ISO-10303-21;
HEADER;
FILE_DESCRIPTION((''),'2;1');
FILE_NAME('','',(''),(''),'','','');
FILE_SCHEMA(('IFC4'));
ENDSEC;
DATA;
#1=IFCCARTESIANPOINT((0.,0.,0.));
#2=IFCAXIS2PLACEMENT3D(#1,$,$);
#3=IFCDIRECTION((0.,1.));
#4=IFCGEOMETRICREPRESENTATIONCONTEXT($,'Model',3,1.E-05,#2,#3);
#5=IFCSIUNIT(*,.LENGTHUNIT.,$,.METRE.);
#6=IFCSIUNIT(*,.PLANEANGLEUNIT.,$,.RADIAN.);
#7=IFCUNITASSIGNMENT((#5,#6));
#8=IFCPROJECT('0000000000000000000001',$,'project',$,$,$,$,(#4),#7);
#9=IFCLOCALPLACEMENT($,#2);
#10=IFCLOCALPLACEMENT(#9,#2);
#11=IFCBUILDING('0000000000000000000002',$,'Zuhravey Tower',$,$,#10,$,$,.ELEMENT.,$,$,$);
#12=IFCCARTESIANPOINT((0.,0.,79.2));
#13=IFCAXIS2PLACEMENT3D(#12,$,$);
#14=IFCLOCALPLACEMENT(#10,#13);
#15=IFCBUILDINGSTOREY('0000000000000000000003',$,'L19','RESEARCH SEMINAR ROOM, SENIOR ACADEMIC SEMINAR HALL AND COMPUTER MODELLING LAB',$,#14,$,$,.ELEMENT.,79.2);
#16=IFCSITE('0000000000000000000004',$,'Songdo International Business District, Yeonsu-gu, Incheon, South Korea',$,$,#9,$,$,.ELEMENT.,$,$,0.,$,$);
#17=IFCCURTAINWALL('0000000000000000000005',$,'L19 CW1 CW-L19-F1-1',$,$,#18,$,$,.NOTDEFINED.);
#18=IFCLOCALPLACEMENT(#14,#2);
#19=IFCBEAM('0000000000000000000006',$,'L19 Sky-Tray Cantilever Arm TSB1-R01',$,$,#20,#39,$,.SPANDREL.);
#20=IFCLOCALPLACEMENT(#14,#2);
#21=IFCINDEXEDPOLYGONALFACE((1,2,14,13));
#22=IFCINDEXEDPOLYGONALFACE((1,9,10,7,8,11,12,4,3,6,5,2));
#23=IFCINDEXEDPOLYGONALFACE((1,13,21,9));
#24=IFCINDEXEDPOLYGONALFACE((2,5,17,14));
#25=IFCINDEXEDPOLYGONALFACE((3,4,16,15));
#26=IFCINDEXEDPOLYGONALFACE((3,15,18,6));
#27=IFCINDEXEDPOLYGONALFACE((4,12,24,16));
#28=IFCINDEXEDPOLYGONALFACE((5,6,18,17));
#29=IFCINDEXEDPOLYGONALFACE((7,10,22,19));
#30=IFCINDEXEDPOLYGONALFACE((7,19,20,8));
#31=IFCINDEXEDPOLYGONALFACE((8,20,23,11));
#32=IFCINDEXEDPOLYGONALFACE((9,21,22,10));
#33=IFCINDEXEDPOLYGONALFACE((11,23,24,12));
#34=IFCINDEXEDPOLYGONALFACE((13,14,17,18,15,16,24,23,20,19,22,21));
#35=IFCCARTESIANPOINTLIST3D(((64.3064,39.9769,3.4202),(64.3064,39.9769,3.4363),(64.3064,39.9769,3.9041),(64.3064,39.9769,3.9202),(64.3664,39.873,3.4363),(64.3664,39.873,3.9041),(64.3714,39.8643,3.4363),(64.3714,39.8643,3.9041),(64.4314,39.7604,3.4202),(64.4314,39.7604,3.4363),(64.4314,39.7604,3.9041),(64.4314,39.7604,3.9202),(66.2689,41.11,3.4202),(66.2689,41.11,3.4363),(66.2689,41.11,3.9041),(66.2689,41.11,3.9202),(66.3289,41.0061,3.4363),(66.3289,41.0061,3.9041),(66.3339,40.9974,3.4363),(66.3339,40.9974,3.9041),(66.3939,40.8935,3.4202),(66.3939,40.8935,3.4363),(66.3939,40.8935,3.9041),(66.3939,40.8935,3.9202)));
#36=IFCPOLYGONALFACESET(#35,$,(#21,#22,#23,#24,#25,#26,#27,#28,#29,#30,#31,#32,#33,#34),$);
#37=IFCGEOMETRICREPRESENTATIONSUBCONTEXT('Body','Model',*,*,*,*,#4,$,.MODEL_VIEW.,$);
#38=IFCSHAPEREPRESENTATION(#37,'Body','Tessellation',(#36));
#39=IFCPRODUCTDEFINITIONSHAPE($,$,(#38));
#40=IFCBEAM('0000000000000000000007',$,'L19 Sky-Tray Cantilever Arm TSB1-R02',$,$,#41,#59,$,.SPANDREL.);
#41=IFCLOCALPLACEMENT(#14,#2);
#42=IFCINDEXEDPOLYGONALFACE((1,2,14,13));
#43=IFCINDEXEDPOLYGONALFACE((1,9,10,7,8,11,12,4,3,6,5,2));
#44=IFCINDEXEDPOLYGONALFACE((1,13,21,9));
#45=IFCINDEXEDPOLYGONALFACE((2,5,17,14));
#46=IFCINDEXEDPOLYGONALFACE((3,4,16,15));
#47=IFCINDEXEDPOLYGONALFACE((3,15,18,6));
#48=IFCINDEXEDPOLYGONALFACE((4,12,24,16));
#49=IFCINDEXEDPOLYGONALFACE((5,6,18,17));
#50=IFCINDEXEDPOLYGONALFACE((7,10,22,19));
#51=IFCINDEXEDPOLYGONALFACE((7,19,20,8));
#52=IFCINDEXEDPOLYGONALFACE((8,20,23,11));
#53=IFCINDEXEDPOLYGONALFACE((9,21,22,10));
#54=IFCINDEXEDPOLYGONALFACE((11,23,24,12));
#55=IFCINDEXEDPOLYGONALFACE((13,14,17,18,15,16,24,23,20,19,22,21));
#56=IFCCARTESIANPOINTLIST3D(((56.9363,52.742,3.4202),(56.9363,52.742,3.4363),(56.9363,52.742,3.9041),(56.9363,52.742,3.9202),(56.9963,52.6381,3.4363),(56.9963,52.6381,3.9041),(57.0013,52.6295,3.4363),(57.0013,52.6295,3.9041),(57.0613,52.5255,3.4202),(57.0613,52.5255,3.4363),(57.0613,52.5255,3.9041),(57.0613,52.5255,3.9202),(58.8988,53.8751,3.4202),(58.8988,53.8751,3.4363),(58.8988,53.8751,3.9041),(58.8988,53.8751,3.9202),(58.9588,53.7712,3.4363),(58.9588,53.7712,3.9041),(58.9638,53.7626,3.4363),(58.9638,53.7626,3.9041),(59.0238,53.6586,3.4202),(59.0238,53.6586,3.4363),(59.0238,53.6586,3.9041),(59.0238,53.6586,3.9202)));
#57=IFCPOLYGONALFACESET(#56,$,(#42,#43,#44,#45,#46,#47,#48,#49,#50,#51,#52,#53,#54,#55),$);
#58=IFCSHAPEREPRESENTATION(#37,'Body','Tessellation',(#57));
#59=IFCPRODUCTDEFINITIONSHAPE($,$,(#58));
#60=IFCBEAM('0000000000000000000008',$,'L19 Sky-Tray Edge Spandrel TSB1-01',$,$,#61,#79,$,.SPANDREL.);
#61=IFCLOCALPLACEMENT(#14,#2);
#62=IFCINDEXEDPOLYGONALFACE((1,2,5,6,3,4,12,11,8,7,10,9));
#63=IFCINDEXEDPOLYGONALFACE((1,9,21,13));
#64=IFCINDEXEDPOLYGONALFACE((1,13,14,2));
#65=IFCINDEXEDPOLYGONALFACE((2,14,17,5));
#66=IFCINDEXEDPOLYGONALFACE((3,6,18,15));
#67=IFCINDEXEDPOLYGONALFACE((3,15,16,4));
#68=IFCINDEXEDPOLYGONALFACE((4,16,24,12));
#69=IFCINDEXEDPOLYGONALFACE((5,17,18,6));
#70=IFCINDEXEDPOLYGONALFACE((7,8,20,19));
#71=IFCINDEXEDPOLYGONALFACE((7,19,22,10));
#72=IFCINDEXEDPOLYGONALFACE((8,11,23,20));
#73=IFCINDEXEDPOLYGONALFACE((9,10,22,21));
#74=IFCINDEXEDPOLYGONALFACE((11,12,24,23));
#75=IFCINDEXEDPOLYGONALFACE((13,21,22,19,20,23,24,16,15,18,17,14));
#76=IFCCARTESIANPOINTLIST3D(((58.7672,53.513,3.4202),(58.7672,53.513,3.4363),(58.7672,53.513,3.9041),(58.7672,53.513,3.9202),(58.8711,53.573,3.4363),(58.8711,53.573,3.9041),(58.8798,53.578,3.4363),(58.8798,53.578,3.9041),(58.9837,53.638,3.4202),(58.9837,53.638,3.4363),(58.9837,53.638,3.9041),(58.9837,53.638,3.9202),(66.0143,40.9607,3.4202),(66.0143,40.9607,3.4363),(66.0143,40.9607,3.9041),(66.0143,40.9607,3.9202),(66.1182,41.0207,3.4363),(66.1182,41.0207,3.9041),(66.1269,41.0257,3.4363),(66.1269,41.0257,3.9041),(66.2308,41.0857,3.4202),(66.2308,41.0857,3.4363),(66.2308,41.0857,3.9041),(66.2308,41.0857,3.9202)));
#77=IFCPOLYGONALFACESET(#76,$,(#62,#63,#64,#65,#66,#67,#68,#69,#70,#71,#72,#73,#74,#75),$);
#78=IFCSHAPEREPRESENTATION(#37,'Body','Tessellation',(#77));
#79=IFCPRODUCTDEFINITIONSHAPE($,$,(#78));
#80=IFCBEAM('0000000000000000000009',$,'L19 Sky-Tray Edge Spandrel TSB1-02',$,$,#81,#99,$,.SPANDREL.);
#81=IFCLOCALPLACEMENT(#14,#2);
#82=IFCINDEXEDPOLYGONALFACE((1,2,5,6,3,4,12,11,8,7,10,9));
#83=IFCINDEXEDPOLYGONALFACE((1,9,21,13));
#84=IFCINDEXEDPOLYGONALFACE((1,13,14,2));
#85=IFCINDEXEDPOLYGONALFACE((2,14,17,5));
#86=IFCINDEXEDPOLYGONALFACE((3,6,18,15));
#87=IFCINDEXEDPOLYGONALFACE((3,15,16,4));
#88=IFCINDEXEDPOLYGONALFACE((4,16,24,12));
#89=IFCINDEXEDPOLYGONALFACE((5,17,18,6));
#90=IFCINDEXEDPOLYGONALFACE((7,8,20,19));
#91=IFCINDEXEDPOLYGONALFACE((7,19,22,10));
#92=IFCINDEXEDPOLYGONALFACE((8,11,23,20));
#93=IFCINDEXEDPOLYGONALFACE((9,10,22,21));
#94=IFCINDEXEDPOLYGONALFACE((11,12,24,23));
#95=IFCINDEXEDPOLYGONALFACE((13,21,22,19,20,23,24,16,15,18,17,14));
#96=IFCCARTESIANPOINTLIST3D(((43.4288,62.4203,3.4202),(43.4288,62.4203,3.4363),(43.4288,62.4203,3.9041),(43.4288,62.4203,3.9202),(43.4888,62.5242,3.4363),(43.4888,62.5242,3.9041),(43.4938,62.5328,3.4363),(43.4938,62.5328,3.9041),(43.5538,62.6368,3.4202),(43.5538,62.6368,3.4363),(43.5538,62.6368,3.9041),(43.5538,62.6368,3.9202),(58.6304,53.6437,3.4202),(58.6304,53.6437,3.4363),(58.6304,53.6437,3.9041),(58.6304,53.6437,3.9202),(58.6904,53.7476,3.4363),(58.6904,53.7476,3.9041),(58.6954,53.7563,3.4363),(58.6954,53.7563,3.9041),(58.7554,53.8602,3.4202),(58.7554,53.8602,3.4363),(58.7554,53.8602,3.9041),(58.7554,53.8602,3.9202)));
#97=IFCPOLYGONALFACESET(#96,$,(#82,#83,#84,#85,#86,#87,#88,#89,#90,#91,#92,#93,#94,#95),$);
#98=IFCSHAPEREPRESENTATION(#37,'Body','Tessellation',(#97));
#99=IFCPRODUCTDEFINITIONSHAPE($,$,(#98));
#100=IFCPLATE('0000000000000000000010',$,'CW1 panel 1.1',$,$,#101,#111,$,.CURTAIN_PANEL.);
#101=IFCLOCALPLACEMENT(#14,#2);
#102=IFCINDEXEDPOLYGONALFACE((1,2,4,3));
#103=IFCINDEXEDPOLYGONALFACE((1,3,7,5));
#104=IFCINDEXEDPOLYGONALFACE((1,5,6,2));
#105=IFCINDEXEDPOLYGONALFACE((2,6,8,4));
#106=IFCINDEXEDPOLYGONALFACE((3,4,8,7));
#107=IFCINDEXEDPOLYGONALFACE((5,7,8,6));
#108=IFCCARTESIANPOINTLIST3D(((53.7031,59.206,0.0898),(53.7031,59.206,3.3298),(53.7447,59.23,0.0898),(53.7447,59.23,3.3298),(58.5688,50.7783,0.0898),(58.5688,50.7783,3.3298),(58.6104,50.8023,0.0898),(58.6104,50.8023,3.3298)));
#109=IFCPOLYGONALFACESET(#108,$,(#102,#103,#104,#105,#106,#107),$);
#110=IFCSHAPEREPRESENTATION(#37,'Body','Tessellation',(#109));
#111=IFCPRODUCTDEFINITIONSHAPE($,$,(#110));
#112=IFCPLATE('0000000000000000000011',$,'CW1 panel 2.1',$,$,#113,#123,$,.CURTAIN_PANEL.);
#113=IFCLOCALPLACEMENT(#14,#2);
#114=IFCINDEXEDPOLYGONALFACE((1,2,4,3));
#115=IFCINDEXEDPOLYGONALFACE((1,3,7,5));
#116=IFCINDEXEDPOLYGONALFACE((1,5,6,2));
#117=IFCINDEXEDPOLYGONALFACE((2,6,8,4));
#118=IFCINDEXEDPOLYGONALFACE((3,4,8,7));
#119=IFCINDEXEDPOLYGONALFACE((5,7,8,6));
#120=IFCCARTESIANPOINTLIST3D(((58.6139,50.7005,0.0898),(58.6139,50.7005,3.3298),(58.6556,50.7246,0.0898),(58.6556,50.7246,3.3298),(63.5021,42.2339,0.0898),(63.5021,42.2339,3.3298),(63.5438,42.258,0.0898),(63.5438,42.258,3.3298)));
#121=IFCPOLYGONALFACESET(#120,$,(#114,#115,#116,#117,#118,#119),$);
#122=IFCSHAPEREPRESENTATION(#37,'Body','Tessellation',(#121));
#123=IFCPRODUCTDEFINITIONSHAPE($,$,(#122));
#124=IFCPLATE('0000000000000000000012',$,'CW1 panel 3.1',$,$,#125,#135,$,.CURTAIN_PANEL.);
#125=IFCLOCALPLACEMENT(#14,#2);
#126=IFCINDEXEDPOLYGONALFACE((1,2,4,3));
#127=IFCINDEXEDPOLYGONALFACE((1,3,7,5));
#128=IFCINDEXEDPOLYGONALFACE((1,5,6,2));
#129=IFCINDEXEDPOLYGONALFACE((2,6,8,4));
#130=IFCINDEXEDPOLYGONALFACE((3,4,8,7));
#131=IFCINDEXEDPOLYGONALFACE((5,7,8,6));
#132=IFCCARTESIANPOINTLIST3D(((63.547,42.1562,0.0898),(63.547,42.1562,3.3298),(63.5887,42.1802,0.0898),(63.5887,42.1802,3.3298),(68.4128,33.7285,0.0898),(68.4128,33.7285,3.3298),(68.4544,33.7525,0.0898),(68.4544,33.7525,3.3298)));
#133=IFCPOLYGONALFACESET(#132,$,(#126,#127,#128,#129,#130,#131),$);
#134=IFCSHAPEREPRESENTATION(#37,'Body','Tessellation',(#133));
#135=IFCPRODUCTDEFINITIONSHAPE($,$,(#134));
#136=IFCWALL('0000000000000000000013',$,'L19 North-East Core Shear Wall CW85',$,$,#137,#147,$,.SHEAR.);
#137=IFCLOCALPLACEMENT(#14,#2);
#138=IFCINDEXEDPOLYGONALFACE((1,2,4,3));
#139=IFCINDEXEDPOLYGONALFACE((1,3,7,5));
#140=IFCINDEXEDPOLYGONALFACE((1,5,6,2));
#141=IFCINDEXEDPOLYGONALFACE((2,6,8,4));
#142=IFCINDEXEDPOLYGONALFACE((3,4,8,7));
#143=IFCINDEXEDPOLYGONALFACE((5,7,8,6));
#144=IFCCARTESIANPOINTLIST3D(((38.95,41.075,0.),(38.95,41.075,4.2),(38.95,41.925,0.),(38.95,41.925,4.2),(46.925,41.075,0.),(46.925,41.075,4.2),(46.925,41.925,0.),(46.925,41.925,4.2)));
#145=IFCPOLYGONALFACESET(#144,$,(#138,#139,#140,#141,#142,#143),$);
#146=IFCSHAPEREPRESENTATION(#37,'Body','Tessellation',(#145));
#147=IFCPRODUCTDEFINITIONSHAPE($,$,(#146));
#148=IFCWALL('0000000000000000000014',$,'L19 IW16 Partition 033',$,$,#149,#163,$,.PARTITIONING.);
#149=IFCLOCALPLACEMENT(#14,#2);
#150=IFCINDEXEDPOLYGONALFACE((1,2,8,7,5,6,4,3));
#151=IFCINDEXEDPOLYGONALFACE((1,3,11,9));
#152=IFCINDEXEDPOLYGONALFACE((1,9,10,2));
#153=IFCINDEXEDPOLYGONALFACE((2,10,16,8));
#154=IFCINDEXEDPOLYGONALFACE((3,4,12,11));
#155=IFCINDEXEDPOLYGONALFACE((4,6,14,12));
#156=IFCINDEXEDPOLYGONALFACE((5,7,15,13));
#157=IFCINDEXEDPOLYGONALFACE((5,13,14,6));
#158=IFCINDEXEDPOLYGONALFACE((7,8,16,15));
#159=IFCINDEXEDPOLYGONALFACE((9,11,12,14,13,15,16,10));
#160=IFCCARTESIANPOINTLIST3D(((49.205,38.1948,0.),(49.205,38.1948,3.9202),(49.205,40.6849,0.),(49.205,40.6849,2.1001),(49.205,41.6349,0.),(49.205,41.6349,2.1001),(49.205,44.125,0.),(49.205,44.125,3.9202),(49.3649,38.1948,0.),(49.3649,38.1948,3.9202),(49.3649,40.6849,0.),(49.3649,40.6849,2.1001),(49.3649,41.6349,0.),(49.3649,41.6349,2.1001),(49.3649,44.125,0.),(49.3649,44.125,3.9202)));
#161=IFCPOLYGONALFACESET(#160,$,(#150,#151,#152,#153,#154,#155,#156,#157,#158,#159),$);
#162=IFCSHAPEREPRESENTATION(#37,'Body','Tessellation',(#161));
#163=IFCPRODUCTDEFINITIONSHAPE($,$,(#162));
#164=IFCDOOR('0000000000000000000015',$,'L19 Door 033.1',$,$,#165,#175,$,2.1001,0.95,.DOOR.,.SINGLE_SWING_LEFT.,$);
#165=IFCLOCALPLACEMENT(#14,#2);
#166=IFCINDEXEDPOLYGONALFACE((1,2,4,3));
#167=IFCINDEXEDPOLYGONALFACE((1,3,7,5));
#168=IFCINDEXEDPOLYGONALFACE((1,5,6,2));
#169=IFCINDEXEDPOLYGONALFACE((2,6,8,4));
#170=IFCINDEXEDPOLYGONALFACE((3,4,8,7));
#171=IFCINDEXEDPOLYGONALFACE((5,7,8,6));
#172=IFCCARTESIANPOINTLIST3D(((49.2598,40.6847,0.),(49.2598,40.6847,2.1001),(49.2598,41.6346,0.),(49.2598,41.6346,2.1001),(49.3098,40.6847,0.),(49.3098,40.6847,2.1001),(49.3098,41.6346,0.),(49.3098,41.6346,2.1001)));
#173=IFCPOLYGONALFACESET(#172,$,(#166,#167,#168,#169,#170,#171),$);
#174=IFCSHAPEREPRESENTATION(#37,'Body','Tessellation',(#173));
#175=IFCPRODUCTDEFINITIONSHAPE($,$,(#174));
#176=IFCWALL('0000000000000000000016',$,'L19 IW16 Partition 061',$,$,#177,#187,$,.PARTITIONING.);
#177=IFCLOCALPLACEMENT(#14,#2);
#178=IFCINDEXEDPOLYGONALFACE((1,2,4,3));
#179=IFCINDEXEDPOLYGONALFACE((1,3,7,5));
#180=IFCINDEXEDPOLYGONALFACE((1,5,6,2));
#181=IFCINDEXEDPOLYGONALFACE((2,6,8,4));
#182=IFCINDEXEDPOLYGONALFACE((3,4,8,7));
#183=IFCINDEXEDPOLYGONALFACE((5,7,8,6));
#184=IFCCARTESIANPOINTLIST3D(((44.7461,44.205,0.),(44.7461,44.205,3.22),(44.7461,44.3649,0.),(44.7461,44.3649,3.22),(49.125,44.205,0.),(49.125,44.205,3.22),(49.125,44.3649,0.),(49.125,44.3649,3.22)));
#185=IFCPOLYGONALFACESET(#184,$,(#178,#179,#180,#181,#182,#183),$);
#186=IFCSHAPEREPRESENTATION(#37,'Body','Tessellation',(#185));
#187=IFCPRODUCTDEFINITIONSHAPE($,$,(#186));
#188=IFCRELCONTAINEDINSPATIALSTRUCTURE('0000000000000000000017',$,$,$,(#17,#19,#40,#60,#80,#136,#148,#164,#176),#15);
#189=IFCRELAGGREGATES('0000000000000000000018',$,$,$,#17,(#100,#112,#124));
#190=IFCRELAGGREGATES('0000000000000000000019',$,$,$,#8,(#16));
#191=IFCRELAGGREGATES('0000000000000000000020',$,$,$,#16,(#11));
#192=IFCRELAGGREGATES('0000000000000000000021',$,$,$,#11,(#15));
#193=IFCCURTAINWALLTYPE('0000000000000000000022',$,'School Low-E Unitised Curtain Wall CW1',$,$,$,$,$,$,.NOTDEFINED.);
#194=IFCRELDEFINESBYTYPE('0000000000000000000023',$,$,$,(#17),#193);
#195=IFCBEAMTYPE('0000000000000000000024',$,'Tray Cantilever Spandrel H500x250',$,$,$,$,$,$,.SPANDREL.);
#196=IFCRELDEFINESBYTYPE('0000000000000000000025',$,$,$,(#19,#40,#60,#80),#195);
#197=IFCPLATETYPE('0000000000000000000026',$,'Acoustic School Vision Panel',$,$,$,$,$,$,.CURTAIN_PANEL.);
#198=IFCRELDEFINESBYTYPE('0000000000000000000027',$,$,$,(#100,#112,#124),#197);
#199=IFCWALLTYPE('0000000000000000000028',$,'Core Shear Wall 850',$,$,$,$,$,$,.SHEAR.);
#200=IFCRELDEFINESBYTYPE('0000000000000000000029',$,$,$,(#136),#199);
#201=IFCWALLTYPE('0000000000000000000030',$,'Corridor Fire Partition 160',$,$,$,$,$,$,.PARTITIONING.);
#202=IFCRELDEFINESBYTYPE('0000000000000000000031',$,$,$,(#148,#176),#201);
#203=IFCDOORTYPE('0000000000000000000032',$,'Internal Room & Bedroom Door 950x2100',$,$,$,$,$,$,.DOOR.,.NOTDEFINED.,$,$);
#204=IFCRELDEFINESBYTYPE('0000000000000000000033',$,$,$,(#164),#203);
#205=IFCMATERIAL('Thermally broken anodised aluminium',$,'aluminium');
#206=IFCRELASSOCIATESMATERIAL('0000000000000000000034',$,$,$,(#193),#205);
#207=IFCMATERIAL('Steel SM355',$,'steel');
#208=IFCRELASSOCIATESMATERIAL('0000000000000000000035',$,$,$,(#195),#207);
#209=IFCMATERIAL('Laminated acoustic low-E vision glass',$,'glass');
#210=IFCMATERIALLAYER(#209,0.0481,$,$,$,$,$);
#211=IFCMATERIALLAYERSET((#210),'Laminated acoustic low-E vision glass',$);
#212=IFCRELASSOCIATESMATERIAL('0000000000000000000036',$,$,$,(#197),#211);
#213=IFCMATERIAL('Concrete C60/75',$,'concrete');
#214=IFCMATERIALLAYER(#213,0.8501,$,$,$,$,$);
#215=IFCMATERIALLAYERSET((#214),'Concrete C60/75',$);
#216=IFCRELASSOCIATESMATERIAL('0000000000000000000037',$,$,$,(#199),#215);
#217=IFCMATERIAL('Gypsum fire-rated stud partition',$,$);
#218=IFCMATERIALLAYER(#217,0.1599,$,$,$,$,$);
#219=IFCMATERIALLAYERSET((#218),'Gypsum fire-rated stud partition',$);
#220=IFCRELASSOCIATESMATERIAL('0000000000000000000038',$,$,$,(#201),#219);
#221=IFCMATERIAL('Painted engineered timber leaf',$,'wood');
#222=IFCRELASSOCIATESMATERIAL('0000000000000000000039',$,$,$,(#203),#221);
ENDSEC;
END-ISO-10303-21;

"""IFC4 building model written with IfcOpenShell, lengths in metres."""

from ifc_helpers import new_model, si_unit, direction, frame, frame_2d, origin, origin_2d, place, context, subcontext, project, spatial, rectangle, i_section, extrude, material, layer, layer_set, material_profile, profile_set, type_object, element, fill, aggregate, save


model = new_model("IFC4")

# Units and contexts
model_context = context("Model", 3, precision=1e-05, world=origin(), true_north=direction((0.0, 1.0)))
body_context = subcontext(model_context, "Body", "Model", "MODEL_VIEW")
ifc_project = project(units=[si_unit("LENGTHUNIT", "METRE"), si_unit("PLANEANGLEUNIT", "RADIAN")], contexts=[model_context])

# Site, building, storey
site_placement = place(None, origin())
site = spatial("IfcSite", under=ifc_project, at=site_placement, Name="Songdo International Business District, Yeonsu-gu, Incheon, South Korea", CompositionType="ELEMENT", RefElevation=0.0)
building_placement = place(site_placement, origin())
building = spatial("IfcBuilding", under=site, at=building_placement, Name="Zuhravey Tower", CompositionType="ELEMENT")
storey_placement = place(building_placement, frame((0.0, 0.0, 79.2)))
storey = spatial("IfcBuildingStorey", under=building, at=storey_placement, Name="L19", Description="RESEARCH SEMINAR ROOM, SENIOR ACADEMIC SEMINAR HALL AND COMPUTER MODELLING LAB", CompositionType="ELEMENT", Elevation=79.2)

# Shared definitions
ifc_material_1 = material(Name="Concrete C60/75", Category="concrete")

# Shared definitions
ifc_material_2 = material(Name="Thermally broken anodised aluminium", Category="aluminium")
curtain_wall_type = type_object("IfcCurtainWallType", Name="School Low-E Unitised Curtain Wall CW1", PredefinedType="NOTDEFINED", material=ifc_material_2)

# Curtain wall
curtain_wall_1_placement = place(storey_placement, origin())
curtain_wall_1 = element("IfcCurtainWall", 1, at=curtain_wall_1_placement, inside=storey, type_object=curtain_wall_type, Name="L19 CW1 CW-L19-F1-1", PredefinedType="NOTDEFINED")

# Beams
ifc_material_3 = material(Name="Steel SM355", Category="steel")
ifc_material_profile_1 = material_profile(ifc_material_3, i_section(OverallWidth=0.25, OverallDepth=0.5, WebThickness=0.01, FlangeThickness=0.0161, at=origin_2d()), Name="H-500x250x10x16")
ifc_profile_set_1 = profile_set([ifc_material_profile_1], Name="Steel SM355")
beam_type_1 = type_object("IfcBeamType", Name="Tray Cantilever Spandrel H500x250", PredefinedType="SPANDREL", material=ifc_profile_set_1)
for number, where, z_axis, x_axis, name in (
    (2, (64.3689, 39.8687, 3.6702), (0.866013, 0.500021, 0.0), (-0.500021, 0.866013, 0.0), "L19 Sky-Tray Cantilever Arm TSB1-R01"),
    (3, (56.9988, 52.6338, 3.6702), (0.866013, 0.500021, 0.0), (-0.500021, 0.866013, 0.0), "L19 Sky-Tray Cantilever Arm TSB1-R02"),
):
    element("IfcBeam", number, at=place(storey_placement, frame(where, z_axis=z_axis, x_axis=x_axis)), inside=storey, type_object=beam_type_1, Name=name, PredefinedType="SPANDREL", context=body_context, shape_type="SweptSolid", body=[
        extrude(i_section(OverallWidth=0.25, OverallDepth=0.5, WebThickness=0.01, FlangeThickness=0.0161, at=origin_2d()), origin(), (0.0, 0.0, 1.0), 2.2661),
    ])
beam_1_placement = place(storey_placement, frame((66.1226, 41.0232, 3.6702), z_axis=(-0.500001, 0.866025, 0.0), x_axis=(-0.866025, -0.500001, 0.0)))
element("IfcBeam", 4, at=beam_1_placement, inside=storey, type_object=beam_type_1, Name="L19 Sky-Tray Edge Spandrel TSB1-01", PredefinedType="SPANDREL", context=body_context, shape_type="SweptSolid", body=[
    extrude(i_section(OverallWidth=0.25, OverallDepth=0.5, WebThickness=0.01, FlangeThickness=0.0161, at=origin_2d()), origin(), (0.0, 0.0, 1.0), 14.4941),
])
beam_2_placement = place(storey_placement, frame((58.6929, 53.752, 3.6702), z_axis=(-0.866027, 0.499997, 0.0), x_axis=(-0.499997, -0.866027, 0.0)))
element("IfcBeam", 5, at=beam_2_placement, inside=storey, type_object=beam_type_1, Name="L19 Sky-Tray Edge Spandrel TSB1-02", PredefinedType="SPANDREL", context=body_context, shape_type="SweptSolid", body=[
    extrude(i_section(OverallWidth=0.25, OverallDepth=0.5, WebThickness=0.01, FlangeThickness=0.0161, at=origin_2d()), origin(), (0.0, 0.0, 1.0), 17.5532),
])

# Plates
ifc_material_4 = material(Name="Laminated acoustic low-E vision glass", Category="glass")
ifc_layer_1 = layer(ifc_material_4, 0.0481)
ifc_layer_set_1 = layer_set([ifc_layer_1], Name="Laminated acoustic low-E vision glass")
plate_type = type_object("IfcPlateType", Name="Acoustic School Vision Panel", PredefinedType="CURTAIN_PANEL", material=ifc_layer_set_1)
plate_1_placement = place(storey_placement, frame((56.1567, 55.0042, 0.0898), z_axis=(0.0, 0.0, 1.0), x_axis=(0.5, -0.866026, 0.0)))
plate_1 = element("IfcPlate", 6, at=plate_1_placement, type_object=plate_type, Name="CW1 panel 1.1", PredefinedType="CURTAIN_PANEL", context=body_context, shape_type="SweptSolid", body=[
    extrude(rectangle(XDim=9.7314, YDim=0.0481, at=origin_2d()), origin(), (0.0, 0.0, 1.0), 3.24),
])
plate_2_placement = place(storey_placement, frame((61.0789, 46.4792, 0.0898), z_axis=(0.0, 0.0, 1.0), x_axis=(0.5, -0.866026, 0.0)))
plate_2 = element("IfcPlate", 7, at=plate_2_placement, type_object=plate_type, Name="CW1 panel 2.1", PredefinedType="CURTAIN_PANEL", context=body_context, shape_type="SweptSolid", body=[
    extrude(rectangle(XDim=9.7764, YDim=0.0481, at=origin_2d()), origin(), (0.0, 0.0, 1.0), 3.24),
])
plate_3_placement = place(storey_placement, frame((66.0007, 37.9543, 0.0898), z_axis=(0.0, 0.0, 1.0), x_axis=(0.5, -0.866026, 0.0)))
plate_3 = element("IfcPlate", 8, at=plate_3_placement, type_object=plate_type, Name="CW1 panel 3.1", PredefinedType="CURTAIN_PANEL", context=body_context, shape_type="SweptSolid", body=[
    extrude(rectangle(XDim=9.7314, YDim=0.0481, at=origin_2d()), origin(), (0.0, 0.0, 1.0), 3.24),
])
aggregate(curtain_wall_1, [plate_1, plate_2, plate_3])

# Wall
ifc_layer_2 = layer(ifc_material_1, 0.8501)
ifc_layer_set_2 = layer_set([ifc_layer_2], Name="Concrete C60/75")
wall_type_1 = type_object("IfcWallType", Name="Core Shear Wall 850", PredefinedType="SHEAR", material=ifc_layer_set_2)
wall_1_placement = place(storey_placement, frame((46.925, 41.5, 0.0), z_axis=(0.0, 0.0, 1.0), x_axis=(-1.0, 0.0, 0.0)))
element("IfcWall", 9, at=wall_1_placement, inside=storey, type_object=wall_type_1, Name="L19 North-East Core Shear Wall CW85", PredefinedType="SHEAR", context=body_context, shape_type="SweptSolid", body=[
    extrude(rectangle(XDim=7.9751, YDim=0.8501, at=frame_2d((3.9875, 0.0))), origin(), (0.0, 0.0, 1.0), 4.2),
])

# Wall, opening, door
ifc_material_5 = material(Name="Gypsum fire-rated stud partition")
ifc_layer_3 = layer(ifc_material_5, 0.1599)
ifc_layer_set_3 = layer_set([ifc_layer_3], Name="Gypsum fire-rated stud partition")
wall_type_2 = type_object("IfcWallType", Name="Corridor Fire Partition 160", PredefinedType="PARTITIONING", material=ifc_layer_set_3)
wall_2_placement = place(storey_placement, frame((49.2849, 38.1948, 0.0), z_axis=(0.0, 0.0, 1.0), x_axis=(0.0, 1.0, 0.0)))
wall_2 = element("IfcWall", 10, at=wall_2_placement, inside=storey, type_object=wall_type_2, Name="L19 IW16 Partition 033", PredefinedType="PARTITIONING", context=body_context, shape_type="SweptSolid", body=[
    extrude(rectangle(XDim=5.9302, YDim=0.1599, at=frame_2d((2.9651, 0.0))), origin(), (0.0, 0.0, 1.0), 3.9202),
])
opening_placement = place(wall_2_placement, frame((2.49, 0.0, 0.0)))
opening = element("IfcOpeningElement", 11, at=opening_placement, cuts=wall_2, PredefinedType="OPENING", context=body_context, shape_type="SweptSolid", body=[
    extrude(rectangle(XDim=0.95, YDim=2.1001, at=frame_2d((0.4751, 1.05))), frame((0.0, 0.092, 0.0), z_axis=(0.0, -1.0, 0.0), x_axis=(1.0, 0.0, 0.0)), (0.0, 0.0, 1.0), 0.1838),
])
ifc_material_6 = material(Name="Painted engineered timber leaf", Category="wood")
door_type = type_object("IfcDoorType", Name="Internal Room & Bedroom Door 950x2100", OperationType="NOTDEFINED", PredefinedType="DOOR", material=ifc_material_6)
door_placement = place(opening_placement, frame((0.95, 0.0, 0.0), z_axis=(0.0, 0.0, 1.0), x_axis=(-1.0, 0.0, 0.0)))
door = element("IfcDoor", 12, at=door_placement, inside=storey, type_object=door_type, Name="L19 Door 033.1", OperationType="SINGLE_SWING_LEFT", OverallHeight=2.1001, OverallWidth=0.95, PredefinedType="DOOR", context=body_context, shape_type="SweptSolid", body=[
    extrude(rectangle(XDim=0.95, YDim=2.1001, at=frame_2d((0.4751, 1.05))), frame((0.0, 0.0249, 0.0), z_axis=(0.0, -1.0, 0.0), x_axis=(1.0, 0.0, 0.0)), (0.0, 0.0, 1.0), 0.05),
])
fill(opening, door)

# Wall
wall_3_placement = place(storey_placement, frame((49.125, 44.2849, 0.0), z_axis=(0.0, 0.0, 1.0), x_axis=(-1.0, 0.0, 0.0)))
element("IfcWall", 13, at=wall_3_placement, inside=storey, type_object=wall_type_2, Name="L19 IW16 Partition 061", PredefinedType="PARTITIONING", context=body_context, shape_type="SweptSolid", body=[
    extrude(rectangle(XDim=4.3789, YDim=0.1599, at=frame_2d((2.1895, 0.0))), origin(), (0.0, 0.0, 1.0), 3.22),
])

save(model, "model.ifc")
